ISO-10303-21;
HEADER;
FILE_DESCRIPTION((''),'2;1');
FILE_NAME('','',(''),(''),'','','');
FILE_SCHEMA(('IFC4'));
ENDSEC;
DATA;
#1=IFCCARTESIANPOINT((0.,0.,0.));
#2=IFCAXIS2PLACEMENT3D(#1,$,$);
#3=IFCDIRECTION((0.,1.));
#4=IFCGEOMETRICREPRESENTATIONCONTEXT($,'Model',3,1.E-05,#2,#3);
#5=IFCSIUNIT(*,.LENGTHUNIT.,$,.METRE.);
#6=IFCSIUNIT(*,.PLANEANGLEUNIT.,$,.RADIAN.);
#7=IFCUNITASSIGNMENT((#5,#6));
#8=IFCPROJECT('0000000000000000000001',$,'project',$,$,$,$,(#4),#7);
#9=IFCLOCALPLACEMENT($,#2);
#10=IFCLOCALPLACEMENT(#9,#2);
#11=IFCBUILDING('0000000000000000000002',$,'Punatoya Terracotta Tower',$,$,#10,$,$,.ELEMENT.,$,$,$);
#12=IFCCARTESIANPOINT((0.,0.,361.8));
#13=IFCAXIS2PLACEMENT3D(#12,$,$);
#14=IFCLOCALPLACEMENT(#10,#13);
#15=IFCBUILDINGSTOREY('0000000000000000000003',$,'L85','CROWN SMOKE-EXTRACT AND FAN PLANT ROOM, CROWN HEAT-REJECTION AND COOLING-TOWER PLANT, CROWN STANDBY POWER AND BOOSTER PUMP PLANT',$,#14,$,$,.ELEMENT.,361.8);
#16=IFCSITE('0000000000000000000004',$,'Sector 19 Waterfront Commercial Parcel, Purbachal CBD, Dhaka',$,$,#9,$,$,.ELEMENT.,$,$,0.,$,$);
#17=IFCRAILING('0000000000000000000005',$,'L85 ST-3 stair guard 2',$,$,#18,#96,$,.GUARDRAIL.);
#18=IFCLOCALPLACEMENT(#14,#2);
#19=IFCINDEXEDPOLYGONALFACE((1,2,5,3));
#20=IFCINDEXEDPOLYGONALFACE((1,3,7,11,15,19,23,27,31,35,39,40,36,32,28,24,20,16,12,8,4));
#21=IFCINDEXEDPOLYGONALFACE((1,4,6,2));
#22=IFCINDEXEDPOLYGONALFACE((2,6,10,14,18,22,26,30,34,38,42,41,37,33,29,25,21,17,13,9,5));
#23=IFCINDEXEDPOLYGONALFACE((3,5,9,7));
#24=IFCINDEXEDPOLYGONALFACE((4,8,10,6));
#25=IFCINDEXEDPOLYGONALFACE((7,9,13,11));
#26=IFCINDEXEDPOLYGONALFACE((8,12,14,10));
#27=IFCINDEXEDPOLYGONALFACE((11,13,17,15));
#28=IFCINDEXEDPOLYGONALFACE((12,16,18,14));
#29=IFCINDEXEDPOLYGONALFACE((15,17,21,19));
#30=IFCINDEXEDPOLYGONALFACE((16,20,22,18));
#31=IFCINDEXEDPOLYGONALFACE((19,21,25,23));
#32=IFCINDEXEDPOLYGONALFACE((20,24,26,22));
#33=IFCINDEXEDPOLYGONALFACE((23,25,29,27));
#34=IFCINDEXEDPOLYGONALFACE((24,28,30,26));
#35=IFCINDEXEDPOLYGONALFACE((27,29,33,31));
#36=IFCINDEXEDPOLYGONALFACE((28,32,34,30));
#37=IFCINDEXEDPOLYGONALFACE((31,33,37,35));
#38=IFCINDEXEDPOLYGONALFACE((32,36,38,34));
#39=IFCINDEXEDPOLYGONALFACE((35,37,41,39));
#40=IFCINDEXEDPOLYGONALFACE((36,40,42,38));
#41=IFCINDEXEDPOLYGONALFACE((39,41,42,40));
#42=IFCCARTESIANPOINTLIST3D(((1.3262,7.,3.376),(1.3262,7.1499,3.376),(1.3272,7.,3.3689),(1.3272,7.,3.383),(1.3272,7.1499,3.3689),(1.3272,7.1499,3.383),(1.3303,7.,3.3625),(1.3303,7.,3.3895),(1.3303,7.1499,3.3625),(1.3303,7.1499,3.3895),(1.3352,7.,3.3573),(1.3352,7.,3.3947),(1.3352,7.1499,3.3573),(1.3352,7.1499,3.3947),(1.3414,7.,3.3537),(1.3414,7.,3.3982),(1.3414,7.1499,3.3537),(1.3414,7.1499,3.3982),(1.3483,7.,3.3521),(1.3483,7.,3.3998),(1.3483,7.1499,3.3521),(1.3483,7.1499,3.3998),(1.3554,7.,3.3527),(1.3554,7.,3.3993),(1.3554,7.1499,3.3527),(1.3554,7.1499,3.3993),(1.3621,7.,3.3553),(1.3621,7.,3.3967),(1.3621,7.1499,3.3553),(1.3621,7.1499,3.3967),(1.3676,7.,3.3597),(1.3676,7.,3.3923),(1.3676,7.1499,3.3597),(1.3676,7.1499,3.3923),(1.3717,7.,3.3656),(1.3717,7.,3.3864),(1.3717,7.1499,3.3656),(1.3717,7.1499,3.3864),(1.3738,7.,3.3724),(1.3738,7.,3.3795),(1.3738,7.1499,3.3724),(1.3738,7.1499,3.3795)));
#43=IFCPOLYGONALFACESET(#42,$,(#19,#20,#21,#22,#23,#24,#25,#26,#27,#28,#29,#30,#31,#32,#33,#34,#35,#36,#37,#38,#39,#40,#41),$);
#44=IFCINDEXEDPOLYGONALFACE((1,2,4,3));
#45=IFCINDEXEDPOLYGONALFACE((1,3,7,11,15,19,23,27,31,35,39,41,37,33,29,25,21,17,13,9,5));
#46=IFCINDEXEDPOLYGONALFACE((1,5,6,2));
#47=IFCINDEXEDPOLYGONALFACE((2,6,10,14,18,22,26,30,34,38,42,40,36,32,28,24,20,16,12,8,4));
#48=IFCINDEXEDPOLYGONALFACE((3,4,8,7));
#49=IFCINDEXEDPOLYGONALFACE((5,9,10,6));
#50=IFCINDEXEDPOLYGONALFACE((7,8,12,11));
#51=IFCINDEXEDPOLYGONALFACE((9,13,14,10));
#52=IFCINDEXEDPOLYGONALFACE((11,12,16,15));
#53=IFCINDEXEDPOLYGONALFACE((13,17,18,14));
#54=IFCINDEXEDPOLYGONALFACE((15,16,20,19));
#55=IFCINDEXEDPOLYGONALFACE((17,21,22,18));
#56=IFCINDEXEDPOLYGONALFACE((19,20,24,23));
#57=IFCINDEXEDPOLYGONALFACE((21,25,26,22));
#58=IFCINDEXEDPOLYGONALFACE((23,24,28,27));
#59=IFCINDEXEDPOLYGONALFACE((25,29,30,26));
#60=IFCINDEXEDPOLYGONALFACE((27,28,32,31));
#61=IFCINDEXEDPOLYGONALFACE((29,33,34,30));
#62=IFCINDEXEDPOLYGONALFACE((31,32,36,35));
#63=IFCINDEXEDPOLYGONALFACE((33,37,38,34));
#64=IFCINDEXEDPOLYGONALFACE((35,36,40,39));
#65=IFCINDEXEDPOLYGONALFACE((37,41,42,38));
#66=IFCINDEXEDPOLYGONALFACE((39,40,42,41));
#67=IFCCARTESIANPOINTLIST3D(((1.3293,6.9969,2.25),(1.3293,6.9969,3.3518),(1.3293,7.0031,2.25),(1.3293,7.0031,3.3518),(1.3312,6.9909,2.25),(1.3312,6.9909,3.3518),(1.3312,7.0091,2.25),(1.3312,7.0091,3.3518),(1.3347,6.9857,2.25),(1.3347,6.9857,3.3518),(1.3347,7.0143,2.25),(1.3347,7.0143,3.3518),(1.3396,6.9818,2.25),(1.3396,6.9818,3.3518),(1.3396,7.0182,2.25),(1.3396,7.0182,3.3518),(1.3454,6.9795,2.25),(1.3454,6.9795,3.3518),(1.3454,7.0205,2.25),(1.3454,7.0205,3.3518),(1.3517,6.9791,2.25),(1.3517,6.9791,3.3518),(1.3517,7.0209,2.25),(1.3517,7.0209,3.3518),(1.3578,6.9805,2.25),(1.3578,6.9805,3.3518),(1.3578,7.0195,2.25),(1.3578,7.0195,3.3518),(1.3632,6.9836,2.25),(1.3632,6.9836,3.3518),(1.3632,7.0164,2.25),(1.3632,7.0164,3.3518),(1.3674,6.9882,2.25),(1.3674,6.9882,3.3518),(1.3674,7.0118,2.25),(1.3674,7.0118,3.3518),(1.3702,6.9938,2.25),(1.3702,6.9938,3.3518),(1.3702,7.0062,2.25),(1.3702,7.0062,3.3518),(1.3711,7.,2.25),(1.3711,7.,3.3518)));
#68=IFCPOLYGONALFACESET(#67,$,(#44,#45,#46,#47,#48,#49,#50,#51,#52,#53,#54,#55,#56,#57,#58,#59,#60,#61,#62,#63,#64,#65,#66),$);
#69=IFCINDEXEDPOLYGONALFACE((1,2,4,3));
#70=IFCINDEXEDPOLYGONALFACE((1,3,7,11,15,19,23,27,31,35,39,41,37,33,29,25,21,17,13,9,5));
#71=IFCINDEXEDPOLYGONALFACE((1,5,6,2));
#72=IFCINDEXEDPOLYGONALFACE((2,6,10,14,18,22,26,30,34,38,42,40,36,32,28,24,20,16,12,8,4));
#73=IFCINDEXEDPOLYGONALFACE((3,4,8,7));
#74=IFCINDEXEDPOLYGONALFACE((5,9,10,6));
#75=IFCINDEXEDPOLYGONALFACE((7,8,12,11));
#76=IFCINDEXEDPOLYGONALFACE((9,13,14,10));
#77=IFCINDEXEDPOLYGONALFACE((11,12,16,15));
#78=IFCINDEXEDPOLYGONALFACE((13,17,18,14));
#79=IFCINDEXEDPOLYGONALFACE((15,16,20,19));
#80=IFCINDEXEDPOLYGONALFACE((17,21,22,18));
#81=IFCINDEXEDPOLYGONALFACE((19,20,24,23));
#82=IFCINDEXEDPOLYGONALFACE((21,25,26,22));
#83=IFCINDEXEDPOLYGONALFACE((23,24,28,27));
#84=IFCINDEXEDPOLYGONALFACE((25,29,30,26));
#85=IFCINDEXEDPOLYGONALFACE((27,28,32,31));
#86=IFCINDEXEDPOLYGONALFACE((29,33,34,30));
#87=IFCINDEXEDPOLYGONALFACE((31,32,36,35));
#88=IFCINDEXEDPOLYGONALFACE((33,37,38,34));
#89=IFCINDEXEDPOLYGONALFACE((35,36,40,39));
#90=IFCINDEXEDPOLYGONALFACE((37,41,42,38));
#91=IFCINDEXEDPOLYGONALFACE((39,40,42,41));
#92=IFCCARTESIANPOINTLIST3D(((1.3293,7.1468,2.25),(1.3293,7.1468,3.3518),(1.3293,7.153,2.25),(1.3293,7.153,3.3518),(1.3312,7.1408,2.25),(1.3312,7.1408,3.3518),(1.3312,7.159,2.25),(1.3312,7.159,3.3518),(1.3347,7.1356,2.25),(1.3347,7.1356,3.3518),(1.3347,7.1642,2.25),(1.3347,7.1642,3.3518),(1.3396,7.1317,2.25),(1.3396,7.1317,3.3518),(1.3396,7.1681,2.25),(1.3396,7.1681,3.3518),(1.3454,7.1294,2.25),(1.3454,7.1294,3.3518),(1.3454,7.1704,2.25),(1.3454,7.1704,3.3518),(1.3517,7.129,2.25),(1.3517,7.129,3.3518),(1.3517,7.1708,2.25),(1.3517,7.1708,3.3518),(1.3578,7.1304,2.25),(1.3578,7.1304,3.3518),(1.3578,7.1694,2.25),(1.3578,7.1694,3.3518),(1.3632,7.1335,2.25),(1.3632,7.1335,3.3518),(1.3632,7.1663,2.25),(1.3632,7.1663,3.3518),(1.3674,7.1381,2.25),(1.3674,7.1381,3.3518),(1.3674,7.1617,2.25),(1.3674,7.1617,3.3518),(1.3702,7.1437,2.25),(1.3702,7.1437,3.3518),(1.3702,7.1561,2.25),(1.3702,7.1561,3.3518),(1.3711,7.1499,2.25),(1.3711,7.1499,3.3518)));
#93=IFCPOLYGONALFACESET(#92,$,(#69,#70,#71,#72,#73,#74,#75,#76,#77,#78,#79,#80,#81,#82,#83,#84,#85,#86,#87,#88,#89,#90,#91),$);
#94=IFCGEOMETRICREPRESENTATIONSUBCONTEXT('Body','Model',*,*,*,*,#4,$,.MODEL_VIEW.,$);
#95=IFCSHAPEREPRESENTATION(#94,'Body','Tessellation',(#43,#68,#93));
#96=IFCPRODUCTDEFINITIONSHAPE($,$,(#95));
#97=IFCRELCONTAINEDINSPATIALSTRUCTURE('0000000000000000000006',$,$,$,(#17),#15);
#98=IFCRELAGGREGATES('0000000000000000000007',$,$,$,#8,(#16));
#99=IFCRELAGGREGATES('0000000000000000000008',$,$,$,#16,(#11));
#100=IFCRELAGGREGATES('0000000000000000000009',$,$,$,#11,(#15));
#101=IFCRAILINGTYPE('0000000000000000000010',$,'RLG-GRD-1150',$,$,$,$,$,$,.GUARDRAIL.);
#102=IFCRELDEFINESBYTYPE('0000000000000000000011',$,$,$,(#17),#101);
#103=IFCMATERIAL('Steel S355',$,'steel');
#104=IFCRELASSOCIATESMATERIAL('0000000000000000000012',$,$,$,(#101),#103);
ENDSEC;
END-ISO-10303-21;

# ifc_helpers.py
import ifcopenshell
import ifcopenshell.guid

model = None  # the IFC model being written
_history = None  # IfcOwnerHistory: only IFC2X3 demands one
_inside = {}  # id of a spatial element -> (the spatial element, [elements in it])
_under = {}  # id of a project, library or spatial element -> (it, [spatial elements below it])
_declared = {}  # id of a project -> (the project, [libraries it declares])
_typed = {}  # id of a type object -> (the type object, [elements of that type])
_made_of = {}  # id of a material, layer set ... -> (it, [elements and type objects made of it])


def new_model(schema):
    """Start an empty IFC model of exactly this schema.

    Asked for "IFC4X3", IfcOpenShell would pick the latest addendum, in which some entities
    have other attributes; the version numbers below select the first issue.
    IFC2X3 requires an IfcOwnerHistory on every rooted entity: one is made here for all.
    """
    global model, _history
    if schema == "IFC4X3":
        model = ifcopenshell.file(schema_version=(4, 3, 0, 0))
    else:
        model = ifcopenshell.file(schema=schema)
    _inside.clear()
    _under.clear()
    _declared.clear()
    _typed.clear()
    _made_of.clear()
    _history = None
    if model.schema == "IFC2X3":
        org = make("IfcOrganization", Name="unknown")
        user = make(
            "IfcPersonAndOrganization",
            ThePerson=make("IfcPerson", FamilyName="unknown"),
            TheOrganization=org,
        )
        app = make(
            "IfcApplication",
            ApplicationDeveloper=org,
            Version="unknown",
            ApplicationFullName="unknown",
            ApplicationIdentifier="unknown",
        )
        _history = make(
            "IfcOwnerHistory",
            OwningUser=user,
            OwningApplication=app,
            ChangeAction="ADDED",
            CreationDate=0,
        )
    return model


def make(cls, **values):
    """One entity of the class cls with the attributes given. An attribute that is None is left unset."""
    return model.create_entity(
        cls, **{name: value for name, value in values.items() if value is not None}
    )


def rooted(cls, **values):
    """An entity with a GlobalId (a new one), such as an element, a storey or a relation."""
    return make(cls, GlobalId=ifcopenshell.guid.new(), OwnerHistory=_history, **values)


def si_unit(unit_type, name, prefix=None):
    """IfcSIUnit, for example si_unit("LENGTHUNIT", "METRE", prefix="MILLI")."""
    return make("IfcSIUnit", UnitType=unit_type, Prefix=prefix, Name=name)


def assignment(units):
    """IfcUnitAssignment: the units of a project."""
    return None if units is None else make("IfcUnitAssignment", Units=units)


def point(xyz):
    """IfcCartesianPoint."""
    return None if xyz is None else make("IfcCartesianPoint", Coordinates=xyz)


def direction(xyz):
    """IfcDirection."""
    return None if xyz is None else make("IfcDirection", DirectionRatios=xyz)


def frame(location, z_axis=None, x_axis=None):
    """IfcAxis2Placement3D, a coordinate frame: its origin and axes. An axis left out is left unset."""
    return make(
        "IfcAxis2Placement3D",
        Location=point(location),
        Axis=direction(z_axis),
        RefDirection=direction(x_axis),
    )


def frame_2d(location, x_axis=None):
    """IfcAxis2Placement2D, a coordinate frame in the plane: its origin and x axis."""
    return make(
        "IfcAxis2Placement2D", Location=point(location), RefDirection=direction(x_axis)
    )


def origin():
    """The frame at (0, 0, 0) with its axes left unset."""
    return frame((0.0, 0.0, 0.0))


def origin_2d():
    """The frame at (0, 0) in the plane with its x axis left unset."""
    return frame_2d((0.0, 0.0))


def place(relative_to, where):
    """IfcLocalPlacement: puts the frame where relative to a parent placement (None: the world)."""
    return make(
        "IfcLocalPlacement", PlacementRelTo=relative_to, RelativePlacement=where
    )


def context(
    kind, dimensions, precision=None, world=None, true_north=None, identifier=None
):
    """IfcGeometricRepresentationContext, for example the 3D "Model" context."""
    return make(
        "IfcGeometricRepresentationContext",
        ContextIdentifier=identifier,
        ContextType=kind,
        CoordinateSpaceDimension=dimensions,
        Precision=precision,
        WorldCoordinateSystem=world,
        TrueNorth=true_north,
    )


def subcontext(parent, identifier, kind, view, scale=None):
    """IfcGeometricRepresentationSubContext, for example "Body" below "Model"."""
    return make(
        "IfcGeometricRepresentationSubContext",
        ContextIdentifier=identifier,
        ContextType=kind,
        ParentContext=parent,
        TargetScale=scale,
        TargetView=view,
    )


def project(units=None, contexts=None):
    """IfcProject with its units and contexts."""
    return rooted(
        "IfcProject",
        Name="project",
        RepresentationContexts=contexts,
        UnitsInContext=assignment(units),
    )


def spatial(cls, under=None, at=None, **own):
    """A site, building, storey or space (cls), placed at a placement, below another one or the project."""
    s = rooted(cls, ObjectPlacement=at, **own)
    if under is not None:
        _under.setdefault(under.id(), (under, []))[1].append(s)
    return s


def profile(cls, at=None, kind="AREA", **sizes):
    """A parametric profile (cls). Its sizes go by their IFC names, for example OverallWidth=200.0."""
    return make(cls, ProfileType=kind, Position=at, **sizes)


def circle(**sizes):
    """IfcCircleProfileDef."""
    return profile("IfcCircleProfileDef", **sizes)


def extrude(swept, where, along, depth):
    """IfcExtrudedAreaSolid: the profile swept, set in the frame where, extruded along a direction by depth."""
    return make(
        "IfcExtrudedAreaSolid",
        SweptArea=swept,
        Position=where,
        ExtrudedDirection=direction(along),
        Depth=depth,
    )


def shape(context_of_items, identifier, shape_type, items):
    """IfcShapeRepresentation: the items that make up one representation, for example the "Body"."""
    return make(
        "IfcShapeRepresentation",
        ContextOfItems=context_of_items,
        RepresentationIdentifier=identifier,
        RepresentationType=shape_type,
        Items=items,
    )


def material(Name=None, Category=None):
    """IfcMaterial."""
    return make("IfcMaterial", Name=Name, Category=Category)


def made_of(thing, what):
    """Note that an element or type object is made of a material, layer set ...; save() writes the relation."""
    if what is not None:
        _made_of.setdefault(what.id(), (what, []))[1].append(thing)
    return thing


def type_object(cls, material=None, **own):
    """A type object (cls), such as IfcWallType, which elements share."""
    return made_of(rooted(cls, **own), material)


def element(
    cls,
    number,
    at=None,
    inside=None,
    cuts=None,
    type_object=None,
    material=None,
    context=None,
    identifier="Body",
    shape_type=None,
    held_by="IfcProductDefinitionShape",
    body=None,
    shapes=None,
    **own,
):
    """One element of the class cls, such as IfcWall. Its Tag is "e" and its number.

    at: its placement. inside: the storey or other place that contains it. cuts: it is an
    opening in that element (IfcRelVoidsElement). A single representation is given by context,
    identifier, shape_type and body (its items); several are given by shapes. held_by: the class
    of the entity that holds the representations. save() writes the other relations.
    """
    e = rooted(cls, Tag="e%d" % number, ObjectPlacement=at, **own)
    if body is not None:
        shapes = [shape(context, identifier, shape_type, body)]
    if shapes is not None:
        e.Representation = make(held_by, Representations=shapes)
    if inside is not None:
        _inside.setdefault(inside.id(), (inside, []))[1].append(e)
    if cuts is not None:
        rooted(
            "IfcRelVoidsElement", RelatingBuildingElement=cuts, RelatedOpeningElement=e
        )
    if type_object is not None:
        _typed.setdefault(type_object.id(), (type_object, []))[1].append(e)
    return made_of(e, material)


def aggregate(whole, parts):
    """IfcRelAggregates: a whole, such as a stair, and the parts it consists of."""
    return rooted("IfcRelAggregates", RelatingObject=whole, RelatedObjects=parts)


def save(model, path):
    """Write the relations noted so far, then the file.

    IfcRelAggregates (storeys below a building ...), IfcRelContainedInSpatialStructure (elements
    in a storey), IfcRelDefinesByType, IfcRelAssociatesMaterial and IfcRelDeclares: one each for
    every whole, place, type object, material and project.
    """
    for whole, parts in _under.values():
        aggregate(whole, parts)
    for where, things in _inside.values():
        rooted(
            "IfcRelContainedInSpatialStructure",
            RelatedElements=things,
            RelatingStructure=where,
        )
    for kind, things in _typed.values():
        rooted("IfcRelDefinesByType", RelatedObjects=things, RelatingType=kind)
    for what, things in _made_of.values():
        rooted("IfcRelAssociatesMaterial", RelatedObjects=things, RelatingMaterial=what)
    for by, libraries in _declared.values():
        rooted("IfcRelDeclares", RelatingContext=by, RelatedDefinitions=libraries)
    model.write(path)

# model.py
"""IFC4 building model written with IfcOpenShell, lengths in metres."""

from ifc_helpers import new_model, si_unit, direction, frame, origin, origin_2d, place, context, subcontext, project, spatial, circle, extrude, material, type_object, element, save


model = new_model("IFC4")

# Units and contexts
model_context = context("Model", 3, precision=1e-05, world=origin(), true_north=direction((0.0, 1.0)))
body_context = subcontext(model_context, "Body", "Model", "MODEL_VIEW")
ifc_project = project(units=[si_unit("LENGTHUNIT", "METRE"), si_unit("PLANEANGLEUNIT", "RADIAN")], contexts=[model_context])

# Site, building, storey
site_placement = place(None, origin())
site = spatial("IfcSite", under=ifc_project, at=site_placement, Name="Sector 19 Waterfront Commercial Parcel, Purbachal CBD, Dhaka", CompositionType="ELEMENT", RefElevation=0.0)
building_placement = place(site_placement, origin())
building = spatial("IfcBuilding", under=site, at=building_placement, Name="Punatoya Terracotta Tower", CompositionType="ELEMENT")
storey_placement = place(building_placement, frame((0.0, 0.0, 361.8)))
storey = spatial("IfcBuildingStorey", under=building, at=storey_placement, Name="L85", Description="CROWN SMOKE-EXTRACT AND FAN PLANT ROOM, CROWN HEAT-REJECTION AND COOLING-TOWER PLANT, CROWN STANDBY POWER AND BOOSTER PUMP PLANT", CompositionType="ELEMENT", Elevation=361.8)

# Shared definitions
ifc_material_1 = material(Name="Steel S355", Category="steel")

# Railing
railing_type_1 = type_object("IfcRailingType", Name="RLG-GRD-1150", PredefinedType="GUARDRAIL", material=ifc_material_1)
railing_1_placement = place(storey_placement, frame((1.3501, 7.0, 2.25)))
element("IfcRailing", 1, at=railing_1_placement, inside=storey, type_object=railing_type_1, Name="L85 ST-3 stair guard 2", PredefinedType="GUARDRAIL", context=body_context, shape_type="SweptSolid", body=[
    extrude(circle(Radius=0.0239, at=origin_2d()), frame((0.0, 0.0, 1.126), z_axis=(0.0, 1.0, 0.0), x_axis=(-1.0, 0.0, 0.0)), (0.0, 0.0, 1.0), 0.1499),
    extrude(circle(Radius=0.021, at=origin_2d()), origin(), (0.0, 0.0, 1.0), 1.1018),
    extrude(circle(Radius=0.021, at=origin_2d()), frame((0.0, 0.1499, 0.0)), (0.0, 0.0, 1.0), 1.1018),
])

save(model, "model.ifc")
